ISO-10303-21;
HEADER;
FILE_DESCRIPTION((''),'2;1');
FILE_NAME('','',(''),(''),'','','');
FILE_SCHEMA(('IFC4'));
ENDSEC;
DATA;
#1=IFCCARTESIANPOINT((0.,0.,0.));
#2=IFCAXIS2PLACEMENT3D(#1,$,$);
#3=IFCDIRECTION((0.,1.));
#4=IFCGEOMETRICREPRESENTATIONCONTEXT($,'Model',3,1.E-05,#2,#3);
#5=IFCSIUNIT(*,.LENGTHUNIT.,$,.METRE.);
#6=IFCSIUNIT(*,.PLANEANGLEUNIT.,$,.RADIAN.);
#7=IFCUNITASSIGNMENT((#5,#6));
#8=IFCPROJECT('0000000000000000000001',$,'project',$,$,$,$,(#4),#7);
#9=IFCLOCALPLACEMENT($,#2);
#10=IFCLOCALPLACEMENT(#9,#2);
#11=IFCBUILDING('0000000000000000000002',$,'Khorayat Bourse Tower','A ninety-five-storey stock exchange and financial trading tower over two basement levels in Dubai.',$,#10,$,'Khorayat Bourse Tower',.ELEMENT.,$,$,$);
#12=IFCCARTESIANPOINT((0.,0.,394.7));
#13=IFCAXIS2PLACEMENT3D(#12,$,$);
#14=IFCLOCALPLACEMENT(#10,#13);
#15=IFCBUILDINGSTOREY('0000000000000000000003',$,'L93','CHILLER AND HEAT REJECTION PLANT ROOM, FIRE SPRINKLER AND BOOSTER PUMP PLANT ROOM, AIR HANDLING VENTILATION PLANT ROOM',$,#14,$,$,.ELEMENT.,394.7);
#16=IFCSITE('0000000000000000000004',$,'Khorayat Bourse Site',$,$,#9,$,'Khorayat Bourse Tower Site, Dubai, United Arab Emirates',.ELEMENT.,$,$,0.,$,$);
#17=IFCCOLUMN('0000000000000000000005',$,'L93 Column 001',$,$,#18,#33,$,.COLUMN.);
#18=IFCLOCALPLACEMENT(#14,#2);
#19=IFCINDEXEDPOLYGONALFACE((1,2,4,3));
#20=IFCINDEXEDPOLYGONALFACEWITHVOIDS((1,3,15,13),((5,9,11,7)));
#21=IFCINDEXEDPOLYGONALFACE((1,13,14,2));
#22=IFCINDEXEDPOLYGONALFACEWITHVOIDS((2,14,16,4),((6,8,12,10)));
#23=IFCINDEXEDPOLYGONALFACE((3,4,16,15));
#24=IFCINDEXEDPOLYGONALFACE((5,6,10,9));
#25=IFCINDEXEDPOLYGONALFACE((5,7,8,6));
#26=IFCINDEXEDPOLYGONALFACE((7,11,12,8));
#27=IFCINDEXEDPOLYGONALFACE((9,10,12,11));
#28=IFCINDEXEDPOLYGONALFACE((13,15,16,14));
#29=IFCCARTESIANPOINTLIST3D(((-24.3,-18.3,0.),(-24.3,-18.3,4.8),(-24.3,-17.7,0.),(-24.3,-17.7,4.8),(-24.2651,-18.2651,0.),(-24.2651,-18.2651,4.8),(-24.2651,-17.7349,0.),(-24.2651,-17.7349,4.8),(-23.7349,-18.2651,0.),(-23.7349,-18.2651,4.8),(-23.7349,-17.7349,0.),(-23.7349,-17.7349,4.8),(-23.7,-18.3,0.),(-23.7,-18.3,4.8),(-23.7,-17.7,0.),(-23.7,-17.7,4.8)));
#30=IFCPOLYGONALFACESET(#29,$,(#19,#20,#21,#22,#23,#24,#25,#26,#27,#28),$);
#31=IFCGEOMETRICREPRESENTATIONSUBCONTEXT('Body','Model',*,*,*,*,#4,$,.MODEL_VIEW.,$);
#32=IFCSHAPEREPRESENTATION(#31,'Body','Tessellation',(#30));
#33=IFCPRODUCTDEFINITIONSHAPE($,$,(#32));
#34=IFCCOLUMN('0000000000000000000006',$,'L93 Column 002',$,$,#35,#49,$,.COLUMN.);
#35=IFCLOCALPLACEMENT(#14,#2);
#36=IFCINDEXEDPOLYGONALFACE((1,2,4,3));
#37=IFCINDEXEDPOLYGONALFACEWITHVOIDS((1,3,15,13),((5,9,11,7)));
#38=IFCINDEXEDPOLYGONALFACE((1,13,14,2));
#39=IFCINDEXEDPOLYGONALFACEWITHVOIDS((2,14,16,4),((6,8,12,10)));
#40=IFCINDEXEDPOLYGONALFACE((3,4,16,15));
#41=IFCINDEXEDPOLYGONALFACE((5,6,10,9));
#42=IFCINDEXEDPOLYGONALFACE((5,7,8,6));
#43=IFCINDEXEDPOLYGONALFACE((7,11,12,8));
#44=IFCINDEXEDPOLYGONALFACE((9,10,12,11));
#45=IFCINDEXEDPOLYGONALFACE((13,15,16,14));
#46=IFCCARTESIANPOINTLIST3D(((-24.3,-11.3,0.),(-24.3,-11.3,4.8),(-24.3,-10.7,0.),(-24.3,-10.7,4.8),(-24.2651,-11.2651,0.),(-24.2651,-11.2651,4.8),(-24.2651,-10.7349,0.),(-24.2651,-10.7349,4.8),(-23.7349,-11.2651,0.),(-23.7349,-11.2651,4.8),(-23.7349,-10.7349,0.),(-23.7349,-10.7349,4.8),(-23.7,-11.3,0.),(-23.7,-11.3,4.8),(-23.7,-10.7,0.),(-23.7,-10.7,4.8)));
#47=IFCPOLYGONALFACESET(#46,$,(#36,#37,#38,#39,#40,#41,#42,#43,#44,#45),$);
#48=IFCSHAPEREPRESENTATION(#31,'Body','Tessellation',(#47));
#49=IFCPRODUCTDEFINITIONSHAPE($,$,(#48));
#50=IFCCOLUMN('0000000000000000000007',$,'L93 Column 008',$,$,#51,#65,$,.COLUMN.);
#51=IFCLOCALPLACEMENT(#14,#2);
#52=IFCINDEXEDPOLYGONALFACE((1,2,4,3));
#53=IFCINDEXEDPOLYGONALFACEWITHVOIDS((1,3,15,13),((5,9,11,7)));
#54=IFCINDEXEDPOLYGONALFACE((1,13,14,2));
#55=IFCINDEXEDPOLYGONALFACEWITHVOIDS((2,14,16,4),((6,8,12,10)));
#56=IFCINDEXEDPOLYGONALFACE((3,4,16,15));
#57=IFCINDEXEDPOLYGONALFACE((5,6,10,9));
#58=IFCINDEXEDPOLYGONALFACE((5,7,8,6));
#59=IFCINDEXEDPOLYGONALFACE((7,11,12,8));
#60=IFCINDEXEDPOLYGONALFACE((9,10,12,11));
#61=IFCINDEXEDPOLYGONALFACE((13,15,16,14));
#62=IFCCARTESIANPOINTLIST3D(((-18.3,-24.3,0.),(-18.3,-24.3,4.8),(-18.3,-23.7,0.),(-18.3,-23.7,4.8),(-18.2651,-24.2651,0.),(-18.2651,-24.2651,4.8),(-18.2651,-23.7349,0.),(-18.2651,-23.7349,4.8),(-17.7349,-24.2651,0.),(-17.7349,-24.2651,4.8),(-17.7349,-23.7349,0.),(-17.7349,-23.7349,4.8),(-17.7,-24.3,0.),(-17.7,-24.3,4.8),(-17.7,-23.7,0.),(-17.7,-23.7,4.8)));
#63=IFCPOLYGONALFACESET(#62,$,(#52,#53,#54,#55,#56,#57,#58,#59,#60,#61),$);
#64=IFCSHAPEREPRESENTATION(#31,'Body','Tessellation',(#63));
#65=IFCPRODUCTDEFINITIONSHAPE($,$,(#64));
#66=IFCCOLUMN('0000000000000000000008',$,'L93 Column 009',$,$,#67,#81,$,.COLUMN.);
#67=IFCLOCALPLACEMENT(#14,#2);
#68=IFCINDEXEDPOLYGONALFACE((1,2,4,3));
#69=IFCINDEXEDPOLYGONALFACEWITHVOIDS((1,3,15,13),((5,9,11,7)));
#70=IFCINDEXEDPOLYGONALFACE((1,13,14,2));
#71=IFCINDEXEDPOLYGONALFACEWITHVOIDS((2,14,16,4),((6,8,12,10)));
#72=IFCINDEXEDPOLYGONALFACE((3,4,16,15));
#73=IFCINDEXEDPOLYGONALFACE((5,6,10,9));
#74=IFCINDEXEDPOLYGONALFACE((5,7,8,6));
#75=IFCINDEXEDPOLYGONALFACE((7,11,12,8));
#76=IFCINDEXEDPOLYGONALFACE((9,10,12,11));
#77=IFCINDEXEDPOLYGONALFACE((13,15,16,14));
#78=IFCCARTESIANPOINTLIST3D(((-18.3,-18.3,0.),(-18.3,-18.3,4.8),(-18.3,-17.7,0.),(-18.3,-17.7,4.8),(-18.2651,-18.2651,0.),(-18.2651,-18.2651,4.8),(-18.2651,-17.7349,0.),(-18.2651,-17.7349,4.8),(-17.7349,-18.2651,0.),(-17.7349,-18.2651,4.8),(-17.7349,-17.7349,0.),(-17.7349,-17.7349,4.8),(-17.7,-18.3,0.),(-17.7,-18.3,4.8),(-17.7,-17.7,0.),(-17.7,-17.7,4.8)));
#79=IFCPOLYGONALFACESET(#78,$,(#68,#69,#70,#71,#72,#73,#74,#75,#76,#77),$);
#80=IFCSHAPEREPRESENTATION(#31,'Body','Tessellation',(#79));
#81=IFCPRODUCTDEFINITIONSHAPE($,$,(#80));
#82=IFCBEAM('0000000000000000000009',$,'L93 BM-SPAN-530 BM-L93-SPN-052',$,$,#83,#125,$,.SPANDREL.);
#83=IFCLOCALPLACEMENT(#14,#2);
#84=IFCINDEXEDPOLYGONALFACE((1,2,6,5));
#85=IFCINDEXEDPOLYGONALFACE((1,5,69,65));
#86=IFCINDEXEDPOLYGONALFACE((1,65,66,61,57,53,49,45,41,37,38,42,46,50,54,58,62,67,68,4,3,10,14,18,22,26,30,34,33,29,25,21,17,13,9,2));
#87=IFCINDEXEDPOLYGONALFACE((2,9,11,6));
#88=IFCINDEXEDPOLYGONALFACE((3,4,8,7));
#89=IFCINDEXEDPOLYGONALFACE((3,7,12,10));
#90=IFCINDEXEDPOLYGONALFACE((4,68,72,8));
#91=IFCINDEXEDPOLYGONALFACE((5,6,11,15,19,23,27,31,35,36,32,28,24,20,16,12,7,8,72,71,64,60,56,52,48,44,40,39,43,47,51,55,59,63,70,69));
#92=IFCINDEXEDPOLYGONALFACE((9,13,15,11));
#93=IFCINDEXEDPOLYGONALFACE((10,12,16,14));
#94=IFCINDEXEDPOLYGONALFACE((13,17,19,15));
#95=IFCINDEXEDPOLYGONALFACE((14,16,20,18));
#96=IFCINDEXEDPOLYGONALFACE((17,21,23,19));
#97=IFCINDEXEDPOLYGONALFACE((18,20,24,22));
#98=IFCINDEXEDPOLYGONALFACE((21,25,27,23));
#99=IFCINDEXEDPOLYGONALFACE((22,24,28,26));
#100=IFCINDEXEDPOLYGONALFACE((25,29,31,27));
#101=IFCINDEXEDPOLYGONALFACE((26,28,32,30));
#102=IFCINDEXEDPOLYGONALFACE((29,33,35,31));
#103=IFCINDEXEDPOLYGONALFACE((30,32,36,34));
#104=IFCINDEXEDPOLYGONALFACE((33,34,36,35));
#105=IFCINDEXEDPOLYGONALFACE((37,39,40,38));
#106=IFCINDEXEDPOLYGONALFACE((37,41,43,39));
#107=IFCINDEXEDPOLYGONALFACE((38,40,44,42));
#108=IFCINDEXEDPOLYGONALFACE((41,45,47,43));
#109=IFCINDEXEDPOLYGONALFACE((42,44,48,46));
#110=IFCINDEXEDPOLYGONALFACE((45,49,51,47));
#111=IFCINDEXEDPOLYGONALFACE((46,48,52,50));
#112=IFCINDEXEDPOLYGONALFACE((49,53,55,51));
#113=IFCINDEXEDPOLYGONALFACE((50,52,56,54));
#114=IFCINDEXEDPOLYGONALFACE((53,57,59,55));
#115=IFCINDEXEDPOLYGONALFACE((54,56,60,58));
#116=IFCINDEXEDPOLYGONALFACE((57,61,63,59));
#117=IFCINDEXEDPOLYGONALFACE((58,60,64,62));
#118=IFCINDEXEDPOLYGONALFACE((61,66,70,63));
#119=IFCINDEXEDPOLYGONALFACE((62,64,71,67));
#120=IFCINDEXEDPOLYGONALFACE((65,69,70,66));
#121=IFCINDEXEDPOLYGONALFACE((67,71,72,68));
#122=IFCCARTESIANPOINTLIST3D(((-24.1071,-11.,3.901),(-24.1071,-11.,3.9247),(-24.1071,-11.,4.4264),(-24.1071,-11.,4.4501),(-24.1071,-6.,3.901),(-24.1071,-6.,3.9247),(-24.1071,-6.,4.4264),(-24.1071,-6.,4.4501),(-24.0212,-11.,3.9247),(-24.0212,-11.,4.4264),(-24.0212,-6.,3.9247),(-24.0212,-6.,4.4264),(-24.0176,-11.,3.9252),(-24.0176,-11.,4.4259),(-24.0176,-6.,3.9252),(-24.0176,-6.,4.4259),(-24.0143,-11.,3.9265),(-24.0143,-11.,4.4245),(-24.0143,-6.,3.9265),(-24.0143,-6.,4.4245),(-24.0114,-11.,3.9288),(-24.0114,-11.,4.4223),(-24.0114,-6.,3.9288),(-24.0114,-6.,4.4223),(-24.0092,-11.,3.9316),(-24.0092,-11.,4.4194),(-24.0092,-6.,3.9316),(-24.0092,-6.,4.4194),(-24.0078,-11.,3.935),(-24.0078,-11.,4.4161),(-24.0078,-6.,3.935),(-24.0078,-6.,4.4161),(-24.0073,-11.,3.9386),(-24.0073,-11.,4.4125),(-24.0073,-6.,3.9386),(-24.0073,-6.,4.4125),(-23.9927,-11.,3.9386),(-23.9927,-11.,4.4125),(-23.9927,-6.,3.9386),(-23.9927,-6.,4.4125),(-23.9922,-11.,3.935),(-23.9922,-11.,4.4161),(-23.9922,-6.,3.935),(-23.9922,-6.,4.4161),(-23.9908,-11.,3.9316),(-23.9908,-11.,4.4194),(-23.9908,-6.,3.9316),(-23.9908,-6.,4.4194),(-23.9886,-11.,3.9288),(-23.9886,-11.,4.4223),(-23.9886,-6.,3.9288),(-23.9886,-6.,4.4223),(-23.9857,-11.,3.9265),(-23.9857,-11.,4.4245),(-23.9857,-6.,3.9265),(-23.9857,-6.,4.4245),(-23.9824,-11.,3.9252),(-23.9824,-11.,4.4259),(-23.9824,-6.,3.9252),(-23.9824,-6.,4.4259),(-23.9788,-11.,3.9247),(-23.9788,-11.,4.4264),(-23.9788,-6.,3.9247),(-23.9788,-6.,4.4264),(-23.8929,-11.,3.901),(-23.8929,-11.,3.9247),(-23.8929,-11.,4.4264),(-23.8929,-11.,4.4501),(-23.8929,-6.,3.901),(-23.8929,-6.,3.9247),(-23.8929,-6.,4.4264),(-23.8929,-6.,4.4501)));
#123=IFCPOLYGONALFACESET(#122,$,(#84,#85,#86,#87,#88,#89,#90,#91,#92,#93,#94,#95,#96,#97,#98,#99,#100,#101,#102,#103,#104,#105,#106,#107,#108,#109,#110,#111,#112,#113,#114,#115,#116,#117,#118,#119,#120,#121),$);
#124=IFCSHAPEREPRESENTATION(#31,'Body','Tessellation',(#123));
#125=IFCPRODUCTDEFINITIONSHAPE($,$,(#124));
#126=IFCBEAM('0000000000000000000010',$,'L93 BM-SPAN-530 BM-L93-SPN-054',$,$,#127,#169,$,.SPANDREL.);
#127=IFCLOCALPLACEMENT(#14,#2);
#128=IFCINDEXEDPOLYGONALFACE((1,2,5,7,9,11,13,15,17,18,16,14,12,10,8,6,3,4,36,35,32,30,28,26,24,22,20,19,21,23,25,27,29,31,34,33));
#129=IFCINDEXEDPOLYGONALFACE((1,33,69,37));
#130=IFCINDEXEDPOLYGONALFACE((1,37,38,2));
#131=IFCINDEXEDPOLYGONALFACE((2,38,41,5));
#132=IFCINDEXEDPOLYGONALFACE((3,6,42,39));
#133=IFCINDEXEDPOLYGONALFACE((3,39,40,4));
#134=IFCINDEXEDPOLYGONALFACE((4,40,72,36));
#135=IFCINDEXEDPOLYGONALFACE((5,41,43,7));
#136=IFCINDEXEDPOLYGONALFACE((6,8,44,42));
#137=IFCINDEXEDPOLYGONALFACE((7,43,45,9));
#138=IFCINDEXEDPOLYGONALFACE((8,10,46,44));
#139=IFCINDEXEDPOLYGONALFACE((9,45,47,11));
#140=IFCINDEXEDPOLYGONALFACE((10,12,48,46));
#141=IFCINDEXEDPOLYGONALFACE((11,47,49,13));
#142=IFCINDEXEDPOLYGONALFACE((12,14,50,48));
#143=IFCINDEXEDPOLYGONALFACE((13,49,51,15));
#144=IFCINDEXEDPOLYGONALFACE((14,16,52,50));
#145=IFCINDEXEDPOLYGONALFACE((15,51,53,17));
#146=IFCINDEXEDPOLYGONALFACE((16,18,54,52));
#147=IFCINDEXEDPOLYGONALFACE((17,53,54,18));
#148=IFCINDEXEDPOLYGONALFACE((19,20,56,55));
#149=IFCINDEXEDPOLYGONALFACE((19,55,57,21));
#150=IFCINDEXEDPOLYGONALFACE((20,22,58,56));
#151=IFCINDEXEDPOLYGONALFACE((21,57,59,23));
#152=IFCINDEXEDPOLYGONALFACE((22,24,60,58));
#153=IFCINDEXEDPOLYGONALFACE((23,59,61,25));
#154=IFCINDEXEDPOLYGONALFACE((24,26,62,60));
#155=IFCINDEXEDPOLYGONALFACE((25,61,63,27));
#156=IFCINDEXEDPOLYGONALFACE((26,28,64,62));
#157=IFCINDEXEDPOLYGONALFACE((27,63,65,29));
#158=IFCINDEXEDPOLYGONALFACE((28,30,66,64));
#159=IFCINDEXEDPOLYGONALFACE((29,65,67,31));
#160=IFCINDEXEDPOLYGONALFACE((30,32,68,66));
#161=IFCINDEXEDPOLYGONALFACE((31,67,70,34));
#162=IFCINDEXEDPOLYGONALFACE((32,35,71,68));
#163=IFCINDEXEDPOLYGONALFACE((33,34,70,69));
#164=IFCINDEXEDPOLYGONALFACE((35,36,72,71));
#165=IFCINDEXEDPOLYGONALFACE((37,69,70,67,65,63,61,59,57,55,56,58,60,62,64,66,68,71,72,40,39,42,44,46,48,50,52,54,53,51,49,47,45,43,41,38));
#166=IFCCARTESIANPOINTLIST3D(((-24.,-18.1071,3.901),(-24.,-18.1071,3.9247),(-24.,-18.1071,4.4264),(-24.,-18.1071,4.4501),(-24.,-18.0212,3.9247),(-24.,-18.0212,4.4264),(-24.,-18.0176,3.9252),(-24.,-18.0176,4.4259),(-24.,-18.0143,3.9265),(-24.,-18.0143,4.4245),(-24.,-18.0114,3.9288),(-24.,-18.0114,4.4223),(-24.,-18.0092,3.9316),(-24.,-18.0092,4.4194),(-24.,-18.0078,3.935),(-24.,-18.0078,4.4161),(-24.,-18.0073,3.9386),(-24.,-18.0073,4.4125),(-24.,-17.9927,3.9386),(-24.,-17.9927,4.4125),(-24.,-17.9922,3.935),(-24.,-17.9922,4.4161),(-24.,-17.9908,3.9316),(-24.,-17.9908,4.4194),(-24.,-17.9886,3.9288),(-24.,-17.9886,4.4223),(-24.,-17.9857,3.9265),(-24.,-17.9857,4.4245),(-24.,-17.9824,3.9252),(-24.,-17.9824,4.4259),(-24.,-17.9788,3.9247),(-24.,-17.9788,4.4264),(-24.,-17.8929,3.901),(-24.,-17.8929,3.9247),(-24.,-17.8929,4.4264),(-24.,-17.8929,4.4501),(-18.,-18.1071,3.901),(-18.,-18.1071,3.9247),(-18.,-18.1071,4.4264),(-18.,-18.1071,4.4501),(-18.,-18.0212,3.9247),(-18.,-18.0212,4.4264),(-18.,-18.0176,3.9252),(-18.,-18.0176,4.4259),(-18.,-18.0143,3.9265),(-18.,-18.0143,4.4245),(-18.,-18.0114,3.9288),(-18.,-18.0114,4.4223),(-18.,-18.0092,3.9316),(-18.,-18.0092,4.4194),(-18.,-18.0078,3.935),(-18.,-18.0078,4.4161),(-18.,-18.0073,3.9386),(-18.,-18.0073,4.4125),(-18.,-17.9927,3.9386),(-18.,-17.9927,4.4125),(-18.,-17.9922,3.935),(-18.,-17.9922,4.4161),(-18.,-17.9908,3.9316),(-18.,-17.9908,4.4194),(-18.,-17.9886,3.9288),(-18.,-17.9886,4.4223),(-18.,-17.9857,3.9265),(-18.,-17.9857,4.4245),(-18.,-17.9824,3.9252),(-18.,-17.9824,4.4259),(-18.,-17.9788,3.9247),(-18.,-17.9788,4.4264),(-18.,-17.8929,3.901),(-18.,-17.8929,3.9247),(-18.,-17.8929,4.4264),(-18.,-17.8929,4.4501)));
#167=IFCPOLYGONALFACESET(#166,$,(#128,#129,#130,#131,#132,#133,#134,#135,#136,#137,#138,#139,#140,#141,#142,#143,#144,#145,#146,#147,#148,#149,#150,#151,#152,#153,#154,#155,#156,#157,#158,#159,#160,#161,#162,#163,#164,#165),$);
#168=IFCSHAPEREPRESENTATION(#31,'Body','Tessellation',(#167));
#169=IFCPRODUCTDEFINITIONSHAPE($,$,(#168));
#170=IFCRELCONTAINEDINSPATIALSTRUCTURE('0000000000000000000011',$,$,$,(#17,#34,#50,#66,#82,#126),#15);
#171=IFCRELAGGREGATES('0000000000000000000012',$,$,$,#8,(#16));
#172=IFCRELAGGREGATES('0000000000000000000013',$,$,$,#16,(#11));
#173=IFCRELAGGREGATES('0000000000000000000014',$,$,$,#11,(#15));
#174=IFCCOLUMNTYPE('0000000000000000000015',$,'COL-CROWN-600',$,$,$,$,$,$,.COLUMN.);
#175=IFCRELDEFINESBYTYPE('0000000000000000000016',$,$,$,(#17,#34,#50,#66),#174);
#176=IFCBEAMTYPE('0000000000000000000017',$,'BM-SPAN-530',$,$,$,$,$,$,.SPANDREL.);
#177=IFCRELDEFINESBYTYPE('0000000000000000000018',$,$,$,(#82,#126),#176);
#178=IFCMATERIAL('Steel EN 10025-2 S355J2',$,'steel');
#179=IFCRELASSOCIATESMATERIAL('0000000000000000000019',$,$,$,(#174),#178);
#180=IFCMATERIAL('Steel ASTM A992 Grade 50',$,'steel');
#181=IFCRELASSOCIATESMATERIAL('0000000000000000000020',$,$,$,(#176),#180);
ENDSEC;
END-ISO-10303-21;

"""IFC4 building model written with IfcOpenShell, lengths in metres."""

from ifc_helpers import new_model, si_unit, direction, frame, origin, origin_2d, place, context, subcontext, project, spatial, hollow_rectangle, i_section, extrude, source, transform, mapped, material, material_profile, profile_set, type_object, element, save


model = new_model("IFC4")

# Units and contexts
model_context = context("Model", 3, precision=1e-05, world=origin(), true_north=direction((0.0, 1.0)))
body_context = subcontext(model_context, "Body", "Model", "MODEL_VIEW")
ifc_project = project(units=[si_unit("LENGTHUNIT", "METRE"), si_unit("PLANEANGLEUNIT", "RADIAN")], contexts=[model_context])

# Site, building, storey
site_placement = place(None, origin())
site = spatial("IfcSite", under=ifc_project, at=site_placement, Name="Khorayat Bourse Site", LongName="Khorayat Bourse Tower Site, Dubai, United Arab Emirates", CompositionType="ELEMENT", RefElevation=0.0)
building_placement = place(site_placement, origin())
building = spatial("IfcBuilding", under=site, at=building_placement, Name="Khorayat Bourse Tower", Description="A ninety-five-storey stock exchange and financial trading tower over two basement levels in Dubai.", LongName="Khorayat Bourse Tower", CompositionType="ELEMENT")
storey_placement = place(building_placement, frame((0.0, 0.0, 394.7)))
storey = spatial("IfcBuildingStorey", under=building, at=storey_placement, Name="L93", Description="CHILLER AND HEAT REJECTION PLANT ROOM, FIRE SPRINKLER AND BOOSTER PUMP PLANT ROOM, AIR HANDLING VENTILATION PLANT ROOM", CompositionType="ELEMENT", Elevation=394.7)

# Columns
ifc_material_1 = material(Name="Steel EN 10025-2 S355J2", Category="steel")
ifc_material_profile_1 = material_profile(ifc_material_1, hollow_rectangle(XDim=0.6001, YDim=0.6001, WallThickness=0.0349, at=origin_2d()), Name="BOX 600x600x35")
ifc_profile_set_1 = profile_set([ifc_material_profile_1], Name="Steel EN 10025-2 S355J2")
column_type = type_object("IfcColumnType", Name="COL-CROWN-600", PredefinedType="COLUMN", material=ifc_profile_set_1)
shared_shape_1 = source(origin(), body_context, "Body", "SweptSolid", [
    extrude(hollow_rectangle(XDim=0.6001, YDim=0.6001, WallThickness=0.0349, at=origin_2d()), origin(), (0.0, 0.0, 1.0), 4.8),
])
for number, where, z_axis, x_axis, name in (
    (1, (-24.0, -18.0, 0.0), (0.0, 0.0, 1.0), (1.0, 0.0, 0.0), "L93 Column 001"),
    (2, (-24.0, -11.0, 0.0), (0.0, 0.0, 1.0), (1.0, 0.0, 0.0), "L93 Column 002"),
    (3, (-18.0, -24.0, 0.0), (0.0, 0.0, 1.0), (1.0, 0.0, 0.0), "L93 Column 008"),
    (4, (-18.0, -18.0, 0.0), (0.0, 0.0, 1.0), (1.0, 0.0, 0.0), "L93 Column 009"),
):
    element("IfcColumn", number, at=place(storey_placement, frame(where, z_axis=z_axis, x_axis=x_axis)), inside=storey, type_object=column_type, Name=name, PredefinedType="COLUMN", context=body_context, shape_type="MappedRepresentation", body=[
        mapped(shared_shape_1, transform((0.0, 0.0, 0.0), scale=1.0)),
    ])

# Beams
ifc_material_2 = material(Name="Steel ASTM A992 Grade 50", Category="steel")
ifc_material_profile_2 = material_profile(ifc_material_2, i_section(OverallWidth=0.2141, OverallDepth=0.5491, WebThickness=0.0146, FlangeThickness=0.0237, FilletRadius=0.0139, at=origin_2d()), Name="W530X138")
ifc_profile_set_2 = profile_set([ifc_material_profile_2], Name="Steel ASTM A992 Grade 50")
beam_type_1 = type_object("IfcBeamType", Name="BM-SPAN-530", PredefinedType="SPANDREL", material=ifc_profile_set_2)
shared_shape_2 = source(origin(), body_context, "Body", "SweptSolid", [
    extrude(i_section(OverallWidth=0.2141, OverallDepth=0.5491, WebThickness=0.0146, FlangeThickness=0.0237, FilletRadius=0.0139, at=origin_2d()), origin(), (0.0, 0.0, 1.0), 5.0),
])
beam_1_placement = place(storey_placement, frame((-24.0, -11.0, 4.1755), z_axis=(0.0, 1.0, 0.0), x_axis=(-1.0, 0.0, 0.0)))
element("IfcBeam", 5, at=beam_1_placement, inside=storey, type_object=beam_type_1, Name="L93 BM-SPAN-530 BM-L93-SPN-052", PredefinedType="SPANDREL", context=body_context, shape_type="MappedRepresentation", body=[
    mapped(shared_shape_2, transform((0.0, 0.0, 0.0), scale=1.0)),
])
shared_shape_3 = source(origin(), body_context, "Body", "SweptSolid", [
    extrude(i_section(OverallWidth=0.2141, OverallDepth=0.5491, WebThickness=0.0146, FlangeThickness=0.0237, FilletRadius=0.0139, at=origin_2d()), origin(), (0.0, 0.0, 1.0), 6.0),
])
for number, where, z_axis, x_axis, name in (
    (6, (-24.0, -18.0, 4.1755), (1.0, 0.0, 0.0), (0.0, 1.0, 0.0), "L93 BM-SPAN-530 BM-L93-SPN-054"),
):
    element("IfcBeam", number, at=place(storey_placement, frame(where, z_axis=z_axis, x_axis=x_axis)), inside=storey, type_object=beam_type_1, Name=name, PredefinedType="SPANDREL", context=body_context, shape_type="MappedRepresentation", body=[
        mapped(shared_shape_3, transform((0.0, 0.0, 0.0), scale=1.0)),
    ])

save(model, "model.ifc")
